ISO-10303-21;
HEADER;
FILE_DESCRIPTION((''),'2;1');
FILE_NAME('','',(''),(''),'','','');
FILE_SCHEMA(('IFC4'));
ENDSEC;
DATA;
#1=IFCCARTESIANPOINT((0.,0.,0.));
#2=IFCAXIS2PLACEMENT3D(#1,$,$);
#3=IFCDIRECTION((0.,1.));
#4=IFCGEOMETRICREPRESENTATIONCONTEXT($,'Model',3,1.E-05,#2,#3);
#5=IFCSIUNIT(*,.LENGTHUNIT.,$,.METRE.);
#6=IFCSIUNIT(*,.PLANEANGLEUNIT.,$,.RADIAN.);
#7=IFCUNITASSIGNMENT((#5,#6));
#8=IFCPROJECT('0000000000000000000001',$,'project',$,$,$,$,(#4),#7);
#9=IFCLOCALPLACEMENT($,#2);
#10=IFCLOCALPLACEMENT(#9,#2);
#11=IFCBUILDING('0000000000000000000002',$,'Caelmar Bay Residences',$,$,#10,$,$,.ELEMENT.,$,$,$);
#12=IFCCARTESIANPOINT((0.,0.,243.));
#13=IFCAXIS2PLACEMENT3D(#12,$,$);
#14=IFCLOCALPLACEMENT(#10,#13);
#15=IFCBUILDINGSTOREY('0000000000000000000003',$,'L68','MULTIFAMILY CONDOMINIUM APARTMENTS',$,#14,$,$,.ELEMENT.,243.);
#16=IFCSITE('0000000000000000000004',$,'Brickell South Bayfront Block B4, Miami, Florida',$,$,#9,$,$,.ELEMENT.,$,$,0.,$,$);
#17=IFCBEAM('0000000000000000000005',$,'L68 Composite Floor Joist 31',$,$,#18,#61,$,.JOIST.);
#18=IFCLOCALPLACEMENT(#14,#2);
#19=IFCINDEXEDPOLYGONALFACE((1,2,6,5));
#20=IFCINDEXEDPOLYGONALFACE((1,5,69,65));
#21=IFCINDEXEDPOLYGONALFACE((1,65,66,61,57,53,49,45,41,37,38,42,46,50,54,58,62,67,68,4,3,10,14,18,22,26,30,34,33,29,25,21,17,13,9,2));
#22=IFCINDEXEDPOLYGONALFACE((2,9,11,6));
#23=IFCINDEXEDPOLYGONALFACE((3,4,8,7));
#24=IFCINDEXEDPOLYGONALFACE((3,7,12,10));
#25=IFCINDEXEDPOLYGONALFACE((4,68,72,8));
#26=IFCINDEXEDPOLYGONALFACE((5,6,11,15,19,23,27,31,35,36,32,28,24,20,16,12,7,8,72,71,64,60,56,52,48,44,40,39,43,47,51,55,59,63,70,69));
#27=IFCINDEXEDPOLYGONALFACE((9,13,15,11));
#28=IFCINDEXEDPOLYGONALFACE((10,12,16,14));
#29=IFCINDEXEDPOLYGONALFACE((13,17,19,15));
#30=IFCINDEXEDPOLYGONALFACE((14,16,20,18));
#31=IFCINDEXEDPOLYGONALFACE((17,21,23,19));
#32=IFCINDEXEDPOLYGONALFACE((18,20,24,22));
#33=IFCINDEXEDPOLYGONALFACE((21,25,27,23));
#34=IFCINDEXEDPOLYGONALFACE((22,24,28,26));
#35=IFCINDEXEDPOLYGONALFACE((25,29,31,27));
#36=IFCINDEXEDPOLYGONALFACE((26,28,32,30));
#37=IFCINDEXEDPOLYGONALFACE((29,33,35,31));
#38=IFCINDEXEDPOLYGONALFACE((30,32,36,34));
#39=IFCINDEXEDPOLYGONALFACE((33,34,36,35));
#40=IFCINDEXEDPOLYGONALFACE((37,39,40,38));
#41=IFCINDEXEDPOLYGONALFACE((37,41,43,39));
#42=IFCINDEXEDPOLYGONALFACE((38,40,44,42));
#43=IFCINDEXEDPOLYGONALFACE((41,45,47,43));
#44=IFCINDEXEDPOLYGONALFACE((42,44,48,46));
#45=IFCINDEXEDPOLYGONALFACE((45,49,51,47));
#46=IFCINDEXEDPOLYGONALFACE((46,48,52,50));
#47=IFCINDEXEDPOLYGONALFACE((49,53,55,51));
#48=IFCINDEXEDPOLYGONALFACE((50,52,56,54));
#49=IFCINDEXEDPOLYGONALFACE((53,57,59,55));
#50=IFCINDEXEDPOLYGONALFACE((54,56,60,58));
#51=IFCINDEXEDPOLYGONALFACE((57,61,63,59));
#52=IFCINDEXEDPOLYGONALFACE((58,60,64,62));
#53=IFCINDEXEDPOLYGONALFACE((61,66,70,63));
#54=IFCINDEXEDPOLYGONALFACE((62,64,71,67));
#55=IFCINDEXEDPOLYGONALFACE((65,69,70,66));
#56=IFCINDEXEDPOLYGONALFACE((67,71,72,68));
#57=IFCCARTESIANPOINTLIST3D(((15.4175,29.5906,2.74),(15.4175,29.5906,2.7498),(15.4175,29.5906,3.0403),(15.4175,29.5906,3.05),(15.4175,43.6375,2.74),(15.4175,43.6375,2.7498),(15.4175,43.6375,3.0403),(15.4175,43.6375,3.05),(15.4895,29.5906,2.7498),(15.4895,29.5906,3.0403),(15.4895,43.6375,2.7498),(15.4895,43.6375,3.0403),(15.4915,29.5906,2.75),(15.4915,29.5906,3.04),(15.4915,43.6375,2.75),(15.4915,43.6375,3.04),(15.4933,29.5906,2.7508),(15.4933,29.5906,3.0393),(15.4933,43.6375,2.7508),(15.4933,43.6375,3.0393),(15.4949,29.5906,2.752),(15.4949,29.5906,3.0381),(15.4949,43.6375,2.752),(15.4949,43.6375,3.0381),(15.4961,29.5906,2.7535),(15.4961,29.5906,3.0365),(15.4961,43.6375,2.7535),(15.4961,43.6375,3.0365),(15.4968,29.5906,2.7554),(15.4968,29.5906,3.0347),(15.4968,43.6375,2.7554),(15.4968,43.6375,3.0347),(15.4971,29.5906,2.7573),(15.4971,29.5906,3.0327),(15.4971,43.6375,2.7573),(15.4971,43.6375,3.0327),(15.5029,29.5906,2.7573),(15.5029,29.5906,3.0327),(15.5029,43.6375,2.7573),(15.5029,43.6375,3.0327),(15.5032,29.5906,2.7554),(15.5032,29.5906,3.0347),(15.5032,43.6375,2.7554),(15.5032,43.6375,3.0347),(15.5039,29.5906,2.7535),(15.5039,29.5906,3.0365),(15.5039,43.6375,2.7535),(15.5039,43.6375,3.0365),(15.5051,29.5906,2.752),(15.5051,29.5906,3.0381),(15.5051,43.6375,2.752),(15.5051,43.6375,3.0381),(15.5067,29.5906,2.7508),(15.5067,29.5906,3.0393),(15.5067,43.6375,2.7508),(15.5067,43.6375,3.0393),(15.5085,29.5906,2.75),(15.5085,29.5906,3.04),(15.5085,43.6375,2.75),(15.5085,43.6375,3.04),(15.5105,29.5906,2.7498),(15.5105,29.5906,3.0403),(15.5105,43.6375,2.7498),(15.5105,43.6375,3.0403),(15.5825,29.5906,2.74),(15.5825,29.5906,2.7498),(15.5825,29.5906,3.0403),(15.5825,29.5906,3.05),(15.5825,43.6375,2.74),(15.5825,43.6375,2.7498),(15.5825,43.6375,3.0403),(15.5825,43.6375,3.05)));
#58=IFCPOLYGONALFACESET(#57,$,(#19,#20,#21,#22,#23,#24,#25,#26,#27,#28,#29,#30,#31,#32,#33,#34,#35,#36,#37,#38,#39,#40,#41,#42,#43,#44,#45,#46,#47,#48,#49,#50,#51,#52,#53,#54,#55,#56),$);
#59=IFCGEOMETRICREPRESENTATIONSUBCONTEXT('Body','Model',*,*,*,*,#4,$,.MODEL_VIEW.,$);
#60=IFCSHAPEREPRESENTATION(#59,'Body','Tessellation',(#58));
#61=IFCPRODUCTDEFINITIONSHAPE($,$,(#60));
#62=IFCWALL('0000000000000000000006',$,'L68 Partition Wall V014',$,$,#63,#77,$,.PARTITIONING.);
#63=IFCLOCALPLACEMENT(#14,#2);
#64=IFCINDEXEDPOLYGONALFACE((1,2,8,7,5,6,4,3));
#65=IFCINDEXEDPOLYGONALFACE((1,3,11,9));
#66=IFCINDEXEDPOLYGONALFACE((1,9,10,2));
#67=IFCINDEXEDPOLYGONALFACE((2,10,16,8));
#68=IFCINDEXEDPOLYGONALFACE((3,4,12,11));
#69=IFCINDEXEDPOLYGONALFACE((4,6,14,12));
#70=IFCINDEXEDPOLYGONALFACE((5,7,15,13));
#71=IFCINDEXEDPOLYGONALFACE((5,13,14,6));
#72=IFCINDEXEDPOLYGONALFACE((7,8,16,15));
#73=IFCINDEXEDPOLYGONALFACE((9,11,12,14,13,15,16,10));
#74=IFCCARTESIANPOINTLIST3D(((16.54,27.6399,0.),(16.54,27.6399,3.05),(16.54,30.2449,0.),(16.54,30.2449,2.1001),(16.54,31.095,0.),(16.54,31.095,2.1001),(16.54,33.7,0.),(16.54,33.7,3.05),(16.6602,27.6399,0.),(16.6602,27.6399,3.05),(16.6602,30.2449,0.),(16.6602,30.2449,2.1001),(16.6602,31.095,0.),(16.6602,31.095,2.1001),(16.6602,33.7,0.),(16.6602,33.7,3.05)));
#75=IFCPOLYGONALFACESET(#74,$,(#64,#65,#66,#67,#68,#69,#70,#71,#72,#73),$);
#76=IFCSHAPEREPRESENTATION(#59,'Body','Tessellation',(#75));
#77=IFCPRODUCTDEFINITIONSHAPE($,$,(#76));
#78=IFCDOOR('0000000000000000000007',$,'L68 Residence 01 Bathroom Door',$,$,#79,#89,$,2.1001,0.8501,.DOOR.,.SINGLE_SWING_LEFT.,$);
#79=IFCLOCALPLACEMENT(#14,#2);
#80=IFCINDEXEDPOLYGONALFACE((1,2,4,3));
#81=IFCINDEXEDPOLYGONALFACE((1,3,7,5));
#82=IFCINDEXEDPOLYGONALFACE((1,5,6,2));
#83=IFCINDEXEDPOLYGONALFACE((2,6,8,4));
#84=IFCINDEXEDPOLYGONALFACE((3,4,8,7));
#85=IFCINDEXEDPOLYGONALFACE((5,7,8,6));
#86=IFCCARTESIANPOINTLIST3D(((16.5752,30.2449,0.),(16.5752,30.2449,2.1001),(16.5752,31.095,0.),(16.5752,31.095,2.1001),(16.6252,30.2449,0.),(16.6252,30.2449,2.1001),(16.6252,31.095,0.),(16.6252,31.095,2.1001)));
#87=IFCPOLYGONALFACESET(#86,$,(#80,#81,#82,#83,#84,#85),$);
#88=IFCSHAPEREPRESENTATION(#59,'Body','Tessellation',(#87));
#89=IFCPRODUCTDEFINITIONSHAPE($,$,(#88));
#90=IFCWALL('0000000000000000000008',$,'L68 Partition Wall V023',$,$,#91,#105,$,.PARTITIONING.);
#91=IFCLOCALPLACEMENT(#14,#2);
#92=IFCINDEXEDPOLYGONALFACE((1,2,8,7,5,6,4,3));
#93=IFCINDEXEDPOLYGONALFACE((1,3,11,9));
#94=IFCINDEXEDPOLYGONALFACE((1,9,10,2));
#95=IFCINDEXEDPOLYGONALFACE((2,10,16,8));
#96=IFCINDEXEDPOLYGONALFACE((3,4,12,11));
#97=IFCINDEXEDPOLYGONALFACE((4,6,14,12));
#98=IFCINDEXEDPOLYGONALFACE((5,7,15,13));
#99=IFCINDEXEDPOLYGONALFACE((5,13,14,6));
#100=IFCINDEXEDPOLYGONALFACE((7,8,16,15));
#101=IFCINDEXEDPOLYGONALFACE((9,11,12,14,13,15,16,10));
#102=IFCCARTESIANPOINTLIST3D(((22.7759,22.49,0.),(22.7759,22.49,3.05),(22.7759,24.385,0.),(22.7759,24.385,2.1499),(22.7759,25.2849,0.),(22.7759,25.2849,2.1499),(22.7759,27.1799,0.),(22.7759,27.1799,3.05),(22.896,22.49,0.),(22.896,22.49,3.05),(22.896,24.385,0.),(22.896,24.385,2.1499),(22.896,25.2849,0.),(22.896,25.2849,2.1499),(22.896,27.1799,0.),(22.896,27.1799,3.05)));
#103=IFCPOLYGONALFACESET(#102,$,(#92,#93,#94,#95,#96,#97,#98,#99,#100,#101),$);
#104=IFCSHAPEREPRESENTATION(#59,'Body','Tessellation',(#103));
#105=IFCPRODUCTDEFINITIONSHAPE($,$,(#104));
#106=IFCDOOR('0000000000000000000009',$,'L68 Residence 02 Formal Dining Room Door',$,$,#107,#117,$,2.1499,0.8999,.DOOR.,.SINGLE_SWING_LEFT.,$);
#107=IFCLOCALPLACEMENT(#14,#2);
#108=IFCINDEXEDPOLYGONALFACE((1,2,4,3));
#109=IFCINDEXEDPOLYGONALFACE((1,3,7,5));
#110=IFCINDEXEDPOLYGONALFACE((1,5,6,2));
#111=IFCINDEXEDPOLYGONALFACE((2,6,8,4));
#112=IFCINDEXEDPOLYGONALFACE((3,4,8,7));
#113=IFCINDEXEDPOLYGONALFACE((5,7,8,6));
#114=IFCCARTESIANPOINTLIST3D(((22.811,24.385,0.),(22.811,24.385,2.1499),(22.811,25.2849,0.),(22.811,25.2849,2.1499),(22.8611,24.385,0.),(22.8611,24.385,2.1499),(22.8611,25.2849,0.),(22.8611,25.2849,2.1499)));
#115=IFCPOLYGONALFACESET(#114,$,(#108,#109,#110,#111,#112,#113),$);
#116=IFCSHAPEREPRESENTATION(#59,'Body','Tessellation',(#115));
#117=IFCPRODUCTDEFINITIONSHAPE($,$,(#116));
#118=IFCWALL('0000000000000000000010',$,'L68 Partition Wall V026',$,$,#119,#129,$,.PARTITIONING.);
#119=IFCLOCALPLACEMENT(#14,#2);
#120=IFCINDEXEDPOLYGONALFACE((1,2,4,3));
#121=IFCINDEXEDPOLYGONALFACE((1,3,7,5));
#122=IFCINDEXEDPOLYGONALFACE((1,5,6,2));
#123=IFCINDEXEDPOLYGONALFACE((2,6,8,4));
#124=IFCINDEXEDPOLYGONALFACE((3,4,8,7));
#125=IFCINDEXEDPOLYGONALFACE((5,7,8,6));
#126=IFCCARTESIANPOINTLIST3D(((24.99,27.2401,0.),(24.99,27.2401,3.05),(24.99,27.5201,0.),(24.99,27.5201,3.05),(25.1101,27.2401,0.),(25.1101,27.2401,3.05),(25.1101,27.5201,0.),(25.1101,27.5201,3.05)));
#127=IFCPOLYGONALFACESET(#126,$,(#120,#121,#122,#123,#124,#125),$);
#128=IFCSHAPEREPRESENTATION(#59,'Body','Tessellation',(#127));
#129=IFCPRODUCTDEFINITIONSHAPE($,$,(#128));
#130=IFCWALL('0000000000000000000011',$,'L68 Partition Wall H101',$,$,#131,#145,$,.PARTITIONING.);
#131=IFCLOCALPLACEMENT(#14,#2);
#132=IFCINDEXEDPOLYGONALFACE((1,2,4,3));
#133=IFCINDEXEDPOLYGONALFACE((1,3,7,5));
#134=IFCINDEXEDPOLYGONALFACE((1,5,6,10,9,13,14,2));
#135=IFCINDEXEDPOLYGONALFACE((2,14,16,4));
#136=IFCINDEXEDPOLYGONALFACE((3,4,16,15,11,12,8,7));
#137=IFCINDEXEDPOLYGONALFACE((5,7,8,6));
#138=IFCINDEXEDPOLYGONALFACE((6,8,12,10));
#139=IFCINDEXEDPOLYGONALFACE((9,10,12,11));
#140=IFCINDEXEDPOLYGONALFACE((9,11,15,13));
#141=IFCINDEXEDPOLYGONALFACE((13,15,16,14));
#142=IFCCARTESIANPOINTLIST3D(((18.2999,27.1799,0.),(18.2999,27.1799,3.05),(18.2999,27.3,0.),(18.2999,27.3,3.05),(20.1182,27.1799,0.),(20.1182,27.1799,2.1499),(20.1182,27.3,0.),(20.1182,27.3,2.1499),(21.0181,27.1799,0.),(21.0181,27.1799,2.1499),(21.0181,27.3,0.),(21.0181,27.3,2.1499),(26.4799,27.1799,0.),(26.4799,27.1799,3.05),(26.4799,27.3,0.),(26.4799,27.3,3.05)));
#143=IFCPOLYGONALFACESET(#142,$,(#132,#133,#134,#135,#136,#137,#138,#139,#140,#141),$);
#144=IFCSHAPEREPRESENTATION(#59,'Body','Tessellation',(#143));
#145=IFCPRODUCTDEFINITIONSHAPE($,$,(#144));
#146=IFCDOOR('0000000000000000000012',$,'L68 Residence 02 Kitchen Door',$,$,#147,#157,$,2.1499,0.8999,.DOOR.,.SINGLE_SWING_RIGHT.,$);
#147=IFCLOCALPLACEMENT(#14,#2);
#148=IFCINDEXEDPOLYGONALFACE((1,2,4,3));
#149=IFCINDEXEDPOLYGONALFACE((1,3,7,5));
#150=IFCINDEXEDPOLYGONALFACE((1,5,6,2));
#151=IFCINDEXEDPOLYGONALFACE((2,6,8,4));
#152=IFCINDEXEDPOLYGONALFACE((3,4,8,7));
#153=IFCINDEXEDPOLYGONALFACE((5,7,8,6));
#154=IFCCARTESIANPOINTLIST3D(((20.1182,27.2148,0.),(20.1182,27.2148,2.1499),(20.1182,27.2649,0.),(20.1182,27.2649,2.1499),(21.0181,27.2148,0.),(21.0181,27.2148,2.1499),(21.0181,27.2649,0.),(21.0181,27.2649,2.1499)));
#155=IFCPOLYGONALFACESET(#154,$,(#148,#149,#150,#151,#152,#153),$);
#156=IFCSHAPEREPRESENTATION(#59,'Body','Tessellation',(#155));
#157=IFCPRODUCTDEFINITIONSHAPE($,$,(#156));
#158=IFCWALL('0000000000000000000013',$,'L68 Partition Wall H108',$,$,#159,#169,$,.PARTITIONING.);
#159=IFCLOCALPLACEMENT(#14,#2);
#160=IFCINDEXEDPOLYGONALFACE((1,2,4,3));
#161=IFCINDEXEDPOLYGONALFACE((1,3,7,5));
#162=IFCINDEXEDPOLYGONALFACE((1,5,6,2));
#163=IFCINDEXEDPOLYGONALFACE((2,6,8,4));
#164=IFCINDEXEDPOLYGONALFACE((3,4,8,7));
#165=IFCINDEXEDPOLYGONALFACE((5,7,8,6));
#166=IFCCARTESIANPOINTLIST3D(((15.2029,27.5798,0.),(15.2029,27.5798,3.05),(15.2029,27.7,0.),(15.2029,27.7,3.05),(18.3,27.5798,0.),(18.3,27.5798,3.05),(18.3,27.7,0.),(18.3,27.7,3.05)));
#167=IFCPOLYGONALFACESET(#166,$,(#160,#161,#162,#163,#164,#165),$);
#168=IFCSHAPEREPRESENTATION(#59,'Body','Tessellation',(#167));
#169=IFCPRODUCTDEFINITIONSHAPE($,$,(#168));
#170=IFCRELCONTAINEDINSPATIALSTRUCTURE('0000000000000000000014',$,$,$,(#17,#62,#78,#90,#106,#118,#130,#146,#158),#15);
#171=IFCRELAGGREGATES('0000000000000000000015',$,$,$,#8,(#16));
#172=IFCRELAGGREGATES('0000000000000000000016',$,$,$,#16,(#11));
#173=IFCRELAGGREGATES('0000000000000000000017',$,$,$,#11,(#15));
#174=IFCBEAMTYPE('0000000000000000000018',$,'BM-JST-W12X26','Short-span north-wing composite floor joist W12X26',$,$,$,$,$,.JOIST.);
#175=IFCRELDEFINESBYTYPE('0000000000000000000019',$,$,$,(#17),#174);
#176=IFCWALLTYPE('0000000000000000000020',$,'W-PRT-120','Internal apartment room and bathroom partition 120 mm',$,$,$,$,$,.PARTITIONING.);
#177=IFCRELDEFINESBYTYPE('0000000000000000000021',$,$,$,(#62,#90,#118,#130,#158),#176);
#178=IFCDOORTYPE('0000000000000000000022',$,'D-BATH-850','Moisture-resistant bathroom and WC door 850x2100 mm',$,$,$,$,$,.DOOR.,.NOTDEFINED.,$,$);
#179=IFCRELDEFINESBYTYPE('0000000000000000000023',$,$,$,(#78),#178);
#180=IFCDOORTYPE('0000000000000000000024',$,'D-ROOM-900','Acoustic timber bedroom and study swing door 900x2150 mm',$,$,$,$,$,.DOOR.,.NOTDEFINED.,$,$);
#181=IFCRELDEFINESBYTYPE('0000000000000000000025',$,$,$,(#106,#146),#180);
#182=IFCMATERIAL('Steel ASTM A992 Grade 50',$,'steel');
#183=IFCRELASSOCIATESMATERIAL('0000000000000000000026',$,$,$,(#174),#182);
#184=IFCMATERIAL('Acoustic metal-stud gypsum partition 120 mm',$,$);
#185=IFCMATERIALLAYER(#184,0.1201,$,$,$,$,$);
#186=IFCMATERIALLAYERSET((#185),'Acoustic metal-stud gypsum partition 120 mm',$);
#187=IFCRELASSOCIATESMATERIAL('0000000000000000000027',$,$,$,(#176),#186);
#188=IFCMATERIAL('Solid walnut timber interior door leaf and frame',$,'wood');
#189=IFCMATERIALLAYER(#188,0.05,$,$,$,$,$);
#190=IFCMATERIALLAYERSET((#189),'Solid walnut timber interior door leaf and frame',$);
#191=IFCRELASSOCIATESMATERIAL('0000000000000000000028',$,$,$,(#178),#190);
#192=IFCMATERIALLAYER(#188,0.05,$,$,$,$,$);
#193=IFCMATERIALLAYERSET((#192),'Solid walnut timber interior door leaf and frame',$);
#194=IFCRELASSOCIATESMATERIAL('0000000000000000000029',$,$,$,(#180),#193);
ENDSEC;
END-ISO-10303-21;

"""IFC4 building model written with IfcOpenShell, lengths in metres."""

from ifc_helpers import new_model, si_unit, direction, frame, frame_2d, origin, origin_2d, place, context, subcontext, project, spatial, rectangle, i_section, extrude, material, layer, layer_set, material_profile, profile_set, type_object, element, fill, save


model = new_model("IFC4")

# Units and contexts
model_context = context("Model", 3, precision=1e-05, world=origin(), true_north=direction((0.0, 1.0)))
body_context = subcontext(model_context, "Body", "Model", "MODEL_VIEW")
ifc_project = project(units=[si_unit("LENGTHUNIT", "METRE"), si_unit("PLANEANGLEUNIT", "RADIAN")], contexts=[model_context])

# Site, building, storey
site_placement = place(None, origin())
site = spatial("IfcSite", under=ifc_project, at=site_placement, Name="Brickell South Bayfront Block B4, Miami, Florida", CompositionType="ELEMENT", RefElevation=0.0)
building_placement = place(site_placement, origin())
building = spatial("IfcBuilding", under=site, at=building_placement, Name="Caelmar Bay Residences", CompositionType="ELEMENT")
storey_placement = place(building_placement, frame((0.0, 0.0, 243.0)))
storey = spatial("IfcBuildingStorey", under=building, at=storey_placement, Name="L68", Description="MULTIFAMILY CONDOMINIUM APARTMENTS", CompositionType="ELEMENT", Elevation=243.0)

# Beam
ifc_material_1 = material(Name="Steel ASTM A992 Grade 50", Category="steel")
ifc_material_profile_1 = material_profile(ifc_material_1, i_section(OverallWidth=0.165, OverallDepth=0.3101, WebThickness=0.0059, FlangeThickness=0.0098, FilletRadius=0.0076, at=origin_2d()), Name="W12X26")
ifc_profile_set_1 = profile_set([ifc_material_profile_1], Name="Steel ASTM A992 Grade 50")
beam_type_1 = type_object("IfcBeamType", Name="BM-JST-W12X26", Description="Short-span north-wing composite floor joist W12X26", PredefinedType="JOIST", material=ifc_profile_set_1)
beam_1_placement = place(storey_placement, frame((15.5, 29.5906, 2.895), z_axis=(0.0, 1.0, 0.0), x_axis=(-1.0, 0.0, 0.0)))
element("IfcBeam", 1, at=beam_1_placement, inside=storey, type_object=beam_type_1, Name="L68 Composite Floor Joist 31", PredefinedType="JOIST", context=body_context, shape_type="SweptSolid", body=[
    extrude(i_section(OverallWidth=0.165, OverallDepth=0.3101, WebThickness=0.0059, FlangeThickness=0.0098, FilletRadius=0.0076, at=origin_2d()), origin(), (0.0, 0.0, 1.0), 14.0469),
])

# Walls, openings, doors
ifc_material_2 = material(Name="Acoustic metal-stud gypsum partition 120 mm")
ifc_layer_1 = layer(ifc_material_2, 0.1201)
ifc_layer_set_1 = layer_set([ifc_layer_1], Name="Acoustic metal-stud gypsum partition 120 mm")
wall_type_1 = type_object("IfcWallType", Name="W-PRT-120", Description="Internal apartment room and bathroom partition 120 mm", PredefinedType="PARTITIONING", material=ifc_layer_set_1)
wall_1_placement = place(storey_placement, frame((16.6001, 27.6399, 0.0), z_axis=(0.0, 0.0, 1.0), x_axis=(0.0, 1.0, 0.0)))
wall_1 = element("IfcWall", 2, at=wall_1_placement, inside=storey, type_object=wall_type_1, Name="L68 Partition Wall V014", PredefinedType="PARTITIONING", context=body_context, shape_type="SweptSolid", body=[
    extrude(rectangle(XDim=6.0601, YDim=0.1201, at=frame_2d((3.03, 0.0))), origin(), (0.0, 0.0, 1.0), 3.05),
])
opening_1_placement = place(wall_1_placement, frame((2.605, 0.0, 0.0)))
opening_1 = element("IfcOpeningElement", 3, at=opening_1_placement, cuts=wall_1, PredefinedType="OPENING", context=body_context, shape_type="SweptSolid", body=[
    extrude(rectangle(XDim=0.8501, YDim=2.1001, at=frame_2d((0.425, 1.05))), frame((0.0, 0.0701, 0.0), z_axis=(0.0, -1.0, 0.0), x_axis=(1.0, 0.0, 0.0)), (0.0, 0.0, 1.0), 0.1401),
])
ifc_material_3 = material(Name="Solid walnut timber interior door leaf and frame", Category="wood")
ifc_layer_2 = layer(ifc_material_3, 0.05)
ifc_layer_set_2 = layer_set([ifc_layer_2], Name="Solid walnut timber interior door leaf and frame")
door_type_1 = type_object("IfcDoorType", Name="D-BATH-850", Description="Moisture-resistant bathroom and WC door 850x2100 mm", OperationType="NOTDEFINED", PredefinedType="DOOR", material=ifc_layer_set_2)
door_1_placement = place(opening_1_placement, origin())
door_1 = element("IfcDoor", 4, at=door_1_placement, inside=storey, type_object=door_type_1, Name="L68 Residence 01 Bathroom Door", OperationType="SINGLE_SWING_LEFT", OverallHeight=2.1001, OverallWidth=0.8501, PredefinedType="DOOR", context=body_context, shape_type="SweptSolid", body=[
    extrude(rectangle(XDim=0.8501, YDim=2.1001, at=frame_2d((0.425, 1.05))), frame((0.0, 0.0249, 0.0), z_axis=(0.0, -1.0, 0.0), x_axis=(1.0, 0.0, 0.0)), (0.0, 0.0, 1.0), 0.05),
])
fill(opening_1, door_1)
wall_2_placement = place(storey_placement, frame((22.8359, 22.49, 0.0), z_axis=(0.0, 0.0, 1.0), x_axis=(0.0, 1.0, 0.0)))
wall_2 = element("IfcWall", 5, at=wall_2_placement, inside=storey, type_object=wall_type_1, Name="L68 Partition Wall V023", PredefinedType="PARTITIONING", context=body_context, shape_type="SweptSolid", body=[
    extrude(rectangle(XDim=4.6899, YDim=0.1201, at=frame_2d((2.345, 0.0))), origin(), (0.0, 0.0, 1.0), 3.05),
])
opening_2_placement = place(wall_2_placement, frame((1.895, 0.0, 0.0)))
opening_2 = element("IfcOpeningElement", 6, at=opening_2_placement, cuts=wall_2, PredefinedType="OPENING", context=body_context, shape_type="SweptSolid", body=[
    extrude(rectangle(XDim=0.8999, YDim=2.1499, at=frame_2d((0.45, 1.075))), frame((0.0, 0.0701, 0.0), z_axis=(0.0, -1.0, 0.0), x_axis=(1.0, 0.0, 0.0)), (0.0, 0.0, 1.0), 0.1401),
])
ifc_layer_3 = layer(ifc_material_3, 0.05)
ifc_layer_set_3 = layer_set([ifc_layer_3], Name="Solid walnut timber interior door leaf and frame")
door_type_2 = type_object("IfcDoorType", Name="D-ROOM-900", Description="Acoustic timber bedroom and study swing door 900x2150 mm", OperationType="NOTDEFINED", PredefinedType="DOOR", material=ifc_layer_set_3)
door_2_placement = place(opening_2_placement, origin())
door_2 = element("IfcDoor", 7, at=door_2_placement, inside=storey, type_object=door_type_2, Name="L68 Residence 02 Formal Dining Room Door", OperationType="SINGLE_SWING_LEFT", OverallHeight=2.1499, OverallWidth=0.8999, PredefinedType="DOOR", context=body_context, shape_type="SweptSolid", body=[
    extrude(rectangle(XDim=0.8999, YDim=2.1499, at=frame_2d((0.45, 1.075))), frame((0.0, 0.0249, 0.0), z_axis=(0.0, -1.0, 0.0), x_axis=(1.0, 0.0, 0.0)), (0.0, 0.0, 1.0), 0.05),
])
fill(opening_2, door_2)

# Wall
wall_3_placement = place(storey_placement, frame((25.05, 27.24, 0.0), z_axis=(0.0, 0.0, 1.0), x_axis=(0.0, 1.0, 0.0)))
element("IfcWall", 8, at=wall_3_placement, inside=storey, type_object=wall_type_1, Name="L68 Partition Wall V026", PredefinedType="PARTITIONING", context=body_context, shape_type="SweptSolid", body=[
    extrude(rectangle(XDim=0.28, YDim=0.1201, at=frame_2d((0.1401, 0.0))), origin(), (0.0, 0.0, 1.0), 3.05),
])

# Wall, opening, door
wall_4_placement = place(storey_placement, frame((18.3, 27.24, 0.0), z_axis=(0.0, 0.0, 1.0), x_axis=(1.0, 0.0, 0.0)))
wall_4 = element("IfcWall", 9, at=wall_4_placement, inside=storey, type_object=wall_type_1, Name="L68 Partition Wall H101", PredefinedType="PARTITIONING", context=body_context, shape_type="SweptSolid", body=[
    extrude(rectangle(XDim=8.1799, YDim=0.1201, at=frame_2d((4.0898, 0.0))), origin(), (0.0, 0.0, 1.0), 3.05),
])
opening_3_placement = place(wall_4_placement, frame((1.8181, 0.0, 0.0)))
opening_3 = element("IfcOpeningElement", 10, at=opening_3_placement, cuts=wall_4, PredefinedType="OPENING", context=body_context, shape_type="SweptSolid", body=[
    extrude(rectangle(XDim=0.8999, YDim=2.1499, at=frame_2d((0.45, 1.075))), frame((0.0, 0.0701, 0.0), z_axis=(0.0, -1.0, 0.0), x_axis=(1.0, 0.0, 0.0)), (0.0, 0.0, 1.0), 0.1401),
])
door_3_placement = place(opening_3_placement, origin())
door_3 = element("IfcDoor", 11, at=door_3_placement, inside=storey, type_object=door_type_2, Name="L68 Residence 02 Kitchen Door", OperationType="SINGLE_SWING_RIGHT", OverallHeight=2.1499, OverallWidth=0.8999, PredefinedType="DOOR", context=body_context, shape_type="SweptSolid", body=[
    extrude(rectangle(XDim=0.8999, YDim=2.1499, at=frame_2d((0.45, 1.075))), frame((0.0, 0.0249, 0.0), z_axis=(0.0, -1.0, 0.0), x_axis=(1.0, 0.0, 0.0)), (0.0, 0.0, 1.0), 0.05),
])
fill(opening_3, door_3)

# Wall
wall_5_placement = place(storey_placement, frame((15.2029, 27.6399, 0.0), z_axis=(0.0, 0.0, 1.0), x_axis=(1.0, 0.0, 0.0)))
element("IfcWall", 12, at=wall_5_placement, inside=storey, type_object=wall_type_1, Name="L68 Partition Wall H108", PredefinedType="PARTITIONING", context=body_context, shape_type="SweptSolid", body=[
    extrude(rectangle(XDim=3.0972, YDim=0.1201, at=frame_2d((1.5486, 0.0))), origin(), (0.0, 0.0, 1.0), 3.05),
])

save(model, "model.ifc")
